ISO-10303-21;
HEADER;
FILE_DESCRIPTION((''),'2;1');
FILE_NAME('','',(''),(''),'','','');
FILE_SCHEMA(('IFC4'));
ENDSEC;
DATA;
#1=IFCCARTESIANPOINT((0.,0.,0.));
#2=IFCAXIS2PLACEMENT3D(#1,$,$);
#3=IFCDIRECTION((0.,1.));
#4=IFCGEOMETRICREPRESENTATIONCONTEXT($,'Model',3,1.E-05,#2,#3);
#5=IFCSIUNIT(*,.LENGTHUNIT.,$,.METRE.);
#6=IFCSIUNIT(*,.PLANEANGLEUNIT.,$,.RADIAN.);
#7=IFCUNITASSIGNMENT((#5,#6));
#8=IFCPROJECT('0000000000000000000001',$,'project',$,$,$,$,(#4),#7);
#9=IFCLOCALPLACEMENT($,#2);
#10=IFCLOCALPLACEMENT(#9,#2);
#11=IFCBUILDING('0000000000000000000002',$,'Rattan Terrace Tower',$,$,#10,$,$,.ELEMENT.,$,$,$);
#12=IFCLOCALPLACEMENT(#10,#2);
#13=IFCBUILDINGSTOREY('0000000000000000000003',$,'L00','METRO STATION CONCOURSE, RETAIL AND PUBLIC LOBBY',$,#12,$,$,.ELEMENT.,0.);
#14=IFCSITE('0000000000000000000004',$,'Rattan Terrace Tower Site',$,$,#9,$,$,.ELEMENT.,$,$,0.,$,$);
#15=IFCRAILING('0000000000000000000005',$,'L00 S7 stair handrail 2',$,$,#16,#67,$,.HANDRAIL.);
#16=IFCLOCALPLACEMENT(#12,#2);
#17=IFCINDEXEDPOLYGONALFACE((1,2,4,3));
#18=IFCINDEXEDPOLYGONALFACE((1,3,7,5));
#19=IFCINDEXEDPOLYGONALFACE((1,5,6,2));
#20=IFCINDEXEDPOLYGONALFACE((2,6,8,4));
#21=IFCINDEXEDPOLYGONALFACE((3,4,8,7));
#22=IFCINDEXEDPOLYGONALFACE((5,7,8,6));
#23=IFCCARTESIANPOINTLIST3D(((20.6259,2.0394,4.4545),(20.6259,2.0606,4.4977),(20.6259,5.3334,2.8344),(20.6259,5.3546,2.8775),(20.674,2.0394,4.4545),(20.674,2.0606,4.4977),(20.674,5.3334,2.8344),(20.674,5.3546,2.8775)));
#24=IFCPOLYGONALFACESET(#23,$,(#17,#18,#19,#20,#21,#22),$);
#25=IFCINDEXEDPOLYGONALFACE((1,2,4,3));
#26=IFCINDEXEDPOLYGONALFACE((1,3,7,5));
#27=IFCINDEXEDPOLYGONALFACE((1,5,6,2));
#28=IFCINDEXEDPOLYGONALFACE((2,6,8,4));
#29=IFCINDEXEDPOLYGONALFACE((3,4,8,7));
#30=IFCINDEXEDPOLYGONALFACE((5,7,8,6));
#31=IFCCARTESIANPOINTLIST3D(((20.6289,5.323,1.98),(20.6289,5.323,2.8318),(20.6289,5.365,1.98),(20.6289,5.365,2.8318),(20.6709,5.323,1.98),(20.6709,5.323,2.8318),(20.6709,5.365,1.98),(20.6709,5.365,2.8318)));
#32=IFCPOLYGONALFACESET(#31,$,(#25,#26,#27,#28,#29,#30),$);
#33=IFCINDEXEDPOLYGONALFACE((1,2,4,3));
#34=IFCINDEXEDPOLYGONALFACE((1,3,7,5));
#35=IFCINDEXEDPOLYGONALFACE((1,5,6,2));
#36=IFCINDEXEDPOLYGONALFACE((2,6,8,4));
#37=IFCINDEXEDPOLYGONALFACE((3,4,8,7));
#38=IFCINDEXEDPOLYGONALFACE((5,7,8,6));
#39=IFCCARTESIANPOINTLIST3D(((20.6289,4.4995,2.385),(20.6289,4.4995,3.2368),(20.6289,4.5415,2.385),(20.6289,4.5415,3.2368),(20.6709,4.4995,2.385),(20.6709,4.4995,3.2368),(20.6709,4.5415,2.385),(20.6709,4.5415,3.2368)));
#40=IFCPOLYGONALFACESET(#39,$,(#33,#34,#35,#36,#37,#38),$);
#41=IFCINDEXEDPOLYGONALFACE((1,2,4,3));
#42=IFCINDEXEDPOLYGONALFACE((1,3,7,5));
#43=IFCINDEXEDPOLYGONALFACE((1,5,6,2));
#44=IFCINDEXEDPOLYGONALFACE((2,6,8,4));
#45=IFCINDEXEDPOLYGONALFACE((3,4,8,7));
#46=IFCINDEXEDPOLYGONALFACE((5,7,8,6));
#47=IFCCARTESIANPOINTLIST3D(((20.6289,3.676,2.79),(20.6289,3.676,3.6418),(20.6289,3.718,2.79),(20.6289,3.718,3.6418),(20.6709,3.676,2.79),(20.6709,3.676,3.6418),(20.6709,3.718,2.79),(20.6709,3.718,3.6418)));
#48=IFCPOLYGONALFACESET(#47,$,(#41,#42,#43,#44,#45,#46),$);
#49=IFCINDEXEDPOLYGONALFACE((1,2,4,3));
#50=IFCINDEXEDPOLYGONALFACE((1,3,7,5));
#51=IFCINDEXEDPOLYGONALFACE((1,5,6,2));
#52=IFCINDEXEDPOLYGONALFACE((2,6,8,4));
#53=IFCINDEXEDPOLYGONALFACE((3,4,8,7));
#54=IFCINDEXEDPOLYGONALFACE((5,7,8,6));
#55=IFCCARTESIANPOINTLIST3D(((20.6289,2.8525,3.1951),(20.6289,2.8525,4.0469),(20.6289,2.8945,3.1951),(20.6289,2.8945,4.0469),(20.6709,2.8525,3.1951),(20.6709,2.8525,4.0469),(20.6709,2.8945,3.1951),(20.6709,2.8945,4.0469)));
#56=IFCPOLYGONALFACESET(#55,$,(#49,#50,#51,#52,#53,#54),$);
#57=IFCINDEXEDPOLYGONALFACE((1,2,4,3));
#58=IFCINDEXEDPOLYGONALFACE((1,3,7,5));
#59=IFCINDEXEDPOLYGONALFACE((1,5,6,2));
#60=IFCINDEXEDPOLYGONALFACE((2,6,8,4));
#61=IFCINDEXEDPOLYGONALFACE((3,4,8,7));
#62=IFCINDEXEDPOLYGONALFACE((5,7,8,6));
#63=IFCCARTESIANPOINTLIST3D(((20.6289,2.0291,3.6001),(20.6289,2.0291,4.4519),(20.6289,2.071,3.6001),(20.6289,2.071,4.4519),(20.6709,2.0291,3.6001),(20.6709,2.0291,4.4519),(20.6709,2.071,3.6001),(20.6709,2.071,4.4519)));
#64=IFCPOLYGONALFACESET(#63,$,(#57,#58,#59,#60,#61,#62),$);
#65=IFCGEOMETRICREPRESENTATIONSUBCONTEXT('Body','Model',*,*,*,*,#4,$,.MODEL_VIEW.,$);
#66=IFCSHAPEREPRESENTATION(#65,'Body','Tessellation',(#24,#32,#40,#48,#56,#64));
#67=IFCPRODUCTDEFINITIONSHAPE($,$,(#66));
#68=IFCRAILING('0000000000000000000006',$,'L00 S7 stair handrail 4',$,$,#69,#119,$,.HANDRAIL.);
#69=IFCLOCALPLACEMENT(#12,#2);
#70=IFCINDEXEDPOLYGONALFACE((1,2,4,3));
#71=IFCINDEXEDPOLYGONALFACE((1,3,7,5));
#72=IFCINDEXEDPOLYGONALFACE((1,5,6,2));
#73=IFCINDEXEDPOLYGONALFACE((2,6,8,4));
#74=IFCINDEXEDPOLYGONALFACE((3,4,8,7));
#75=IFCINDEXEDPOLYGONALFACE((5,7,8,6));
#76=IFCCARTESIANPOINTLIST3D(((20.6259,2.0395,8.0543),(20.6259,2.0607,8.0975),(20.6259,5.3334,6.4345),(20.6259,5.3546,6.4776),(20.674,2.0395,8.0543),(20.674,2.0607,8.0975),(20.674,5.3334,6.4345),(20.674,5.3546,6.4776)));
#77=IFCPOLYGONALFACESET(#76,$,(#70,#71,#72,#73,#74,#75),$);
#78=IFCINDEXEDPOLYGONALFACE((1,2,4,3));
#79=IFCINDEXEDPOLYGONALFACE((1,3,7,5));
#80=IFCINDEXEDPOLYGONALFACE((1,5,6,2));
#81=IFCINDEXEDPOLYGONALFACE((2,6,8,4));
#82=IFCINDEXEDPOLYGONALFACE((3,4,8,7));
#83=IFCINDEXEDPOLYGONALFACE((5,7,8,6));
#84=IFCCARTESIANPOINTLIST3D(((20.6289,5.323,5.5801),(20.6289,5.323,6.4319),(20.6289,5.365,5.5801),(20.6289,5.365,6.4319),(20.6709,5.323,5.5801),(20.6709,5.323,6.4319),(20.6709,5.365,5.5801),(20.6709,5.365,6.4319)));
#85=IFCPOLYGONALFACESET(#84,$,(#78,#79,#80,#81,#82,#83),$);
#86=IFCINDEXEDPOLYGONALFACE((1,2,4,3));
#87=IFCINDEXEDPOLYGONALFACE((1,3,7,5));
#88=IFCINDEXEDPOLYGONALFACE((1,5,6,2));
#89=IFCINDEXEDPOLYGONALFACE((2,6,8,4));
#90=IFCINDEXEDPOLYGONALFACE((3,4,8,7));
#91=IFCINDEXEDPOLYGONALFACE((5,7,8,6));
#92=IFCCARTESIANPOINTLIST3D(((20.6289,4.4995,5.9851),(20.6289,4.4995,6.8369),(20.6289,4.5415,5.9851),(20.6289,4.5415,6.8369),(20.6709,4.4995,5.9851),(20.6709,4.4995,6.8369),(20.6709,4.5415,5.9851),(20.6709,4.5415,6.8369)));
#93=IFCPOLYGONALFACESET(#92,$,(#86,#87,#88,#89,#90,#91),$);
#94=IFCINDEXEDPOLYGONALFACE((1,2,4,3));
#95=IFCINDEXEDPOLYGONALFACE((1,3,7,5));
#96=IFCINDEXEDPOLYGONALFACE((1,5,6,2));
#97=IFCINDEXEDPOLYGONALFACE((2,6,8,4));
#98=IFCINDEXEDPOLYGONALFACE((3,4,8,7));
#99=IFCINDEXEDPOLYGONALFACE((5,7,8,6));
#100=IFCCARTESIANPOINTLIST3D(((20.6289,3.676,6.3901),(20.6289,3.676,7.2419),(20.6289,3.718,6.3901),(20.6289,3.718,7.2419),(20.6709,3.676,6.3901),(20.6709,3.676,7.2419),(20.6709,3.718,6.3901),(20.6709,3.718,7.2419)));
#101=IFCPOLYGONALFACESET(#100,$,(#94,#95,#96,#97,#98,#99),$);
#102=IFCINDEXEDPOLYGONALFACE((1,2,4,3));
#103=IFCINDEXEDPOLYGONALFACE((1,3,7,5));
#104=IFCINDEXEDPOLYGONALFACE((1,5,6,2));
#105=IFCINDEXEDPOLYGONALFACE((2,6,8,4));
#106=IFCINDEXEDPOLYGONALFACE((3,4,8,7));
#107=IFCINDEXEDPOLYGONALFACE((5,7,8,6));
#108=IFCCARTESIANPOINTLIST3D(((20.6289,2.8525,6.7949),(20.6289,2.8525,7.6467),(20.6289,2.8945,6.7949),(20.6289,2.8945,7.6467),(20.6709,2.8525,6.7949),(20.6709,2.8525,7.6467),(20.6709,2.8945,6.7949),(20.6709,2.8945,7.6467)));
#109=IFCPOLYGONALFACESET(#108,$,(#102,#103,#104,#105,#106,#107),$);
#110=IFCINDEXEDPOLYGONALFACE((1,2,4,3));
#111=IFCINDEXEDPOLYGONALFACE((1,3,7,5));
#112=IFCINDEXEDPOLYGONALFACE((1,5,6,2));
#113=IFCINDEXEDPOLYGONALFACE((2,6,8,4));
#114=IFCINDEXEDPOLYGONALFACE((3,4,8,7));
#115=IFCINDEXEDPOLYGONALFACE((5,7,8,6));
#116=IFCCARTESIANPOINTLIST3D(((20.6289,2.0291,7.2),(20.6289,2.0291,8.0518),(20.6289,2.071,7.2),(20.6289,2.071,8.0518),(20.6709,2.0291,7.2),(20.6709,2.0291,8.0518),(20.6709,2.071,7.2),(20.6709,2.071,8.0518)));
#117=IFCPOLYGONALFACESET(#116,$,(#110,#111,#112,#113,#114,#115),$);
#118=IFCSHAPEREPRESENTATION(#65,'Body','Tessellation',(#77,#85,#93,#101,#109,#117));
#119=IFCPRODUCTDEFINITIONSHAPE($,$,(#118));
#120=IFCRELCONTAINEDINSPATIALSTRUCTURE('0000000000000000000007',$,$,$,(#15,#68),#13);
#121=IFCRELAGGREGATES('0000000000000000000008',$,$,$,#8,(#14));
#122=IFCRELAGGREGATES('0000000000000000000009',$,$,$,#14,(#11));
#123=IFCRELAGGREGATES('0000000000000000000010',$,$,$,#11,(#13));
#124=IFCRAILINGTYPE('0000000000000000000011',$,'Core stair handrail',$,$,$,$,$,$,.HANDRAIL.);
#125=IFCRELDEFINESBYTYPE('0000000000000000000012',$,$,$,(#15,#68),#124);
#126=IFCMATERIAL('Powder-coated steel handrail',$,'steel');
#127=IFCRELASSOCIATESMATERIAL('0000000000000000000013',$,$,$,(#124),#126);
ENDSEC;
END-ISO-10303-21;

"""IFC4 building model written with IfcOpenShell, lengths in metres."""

from ifc_helpers import new_model, si_unit, direction, frame, origin, origin_2d, place, context, subcontext, project, spatial, rectangle, extrude, material, type_object, element, save


model = new_model("IFC4")

# Units and contexts
model_context = context("Model", 3, precision=1e-05, world=origin(), true_north=direction((0.0, 1.0)))
body_context = subcontext(model_context, "Body", "Model", "MODEL_VIEW")
ifc_project = project(units=[si_unit("LENGTHUNIT", "METRE"), si_unit("PLANEANGLEUNIT", "RADIAN")], contexts=[model_context])

# Site, building, storey
site_placement = place(None, origin())
site = spatial("IfcSite", under=ifc_project, at=site_placement, Name="Rattan Terrace Tower Site", CompositionType="ELEMENT", RefElevation=0.0)
building_placement = place(site_placement, origin())
building = spatial("IfcBuilding", under=site, at=building_placement, Name="Rattan Terrace Tower", CompositionType="ELEMENT")
storey_placement = place(building_placement, origin())
storey = spatial("IfcBuildingStorey", under=building, at=storey_placement, Name="L00", Description="METRO STATION CONCOURSE, RETAIL AND PUBLIC LOBBY", CompositionType="ELEMENT", Elevation=0.0)

# Railings
ifc_material_1 = material(Name="Powder-coated steel handrail", Category="steel")
railing_type_1 = type_object("IfcRailingType", Name="Core stair handrail", PredefinedType="HANDRAIL", material=ifc_material_1)
railing_1_placement = place(storey_placement, frame((20.6499, 5.344, 1.98)))
element("IfcRailing", 1, at=railing_1_placement, inside=storey, type_object=railing_type_1, Name="L00 S7 stair handrail 2", PredefinedType="HANDRAIL", context=body_context, shape_type="SweptSolid", body=[
    extrude(rectangle(XDim=0.0481, YDim=0.0481, at=origin_2d()), frame((0.0, 0.0, 0.876), z_axis=(0.0, -0.897334, 0.441351), x_axis=(1.0, 0.0, 0.0)), (0.0, 0.0, 1.0), 3.6709),
    extrude(rectangle(XDim=0.042, YDim=0.042, at=origin_2d()), origin(), (0.0, 0.0, 1.0), 0.8518),
    extrude(rectangle(XDim=0.042, YDim=0.042, at=origin_2d()), frame((0.0, -0.8235, 0.405)), (0.0, 0.0, 1.0), 0.8518),
    extrude(rectangle(XDim=0.042, YDim=0.042, at=origin_2d()), frame((0.0, -1.647, 0.8101)), (0.0, 0.0, 1.0), 0.8518),
    extrude(rectangle(XDim=0.042, YDim=0.042, at=origin_2d()), frame((0.0, -2.4705, 1.2151)), (0.0, 0.0, 1.0), 0.8518),
    extrude(rectangle(XDim=0.042, YDim=0.042, at=origin_2d()), frame((0.0, -3.2939, 1.6201)), (0.0, 0.0, 1.0), 0.8518),
])
railing_2_placement = place(storey_placement, frame((20.6499, 5.344, 5.5801)))
element("IfcRailing", 2, at=railing_2_placement, inside=storey, type_object=railing_type_1, Name="L00 S7 stair handrail 4", PredefinedType="HANDRAIL", context=body_context, shape_type="SweptSolid", body=[
    extrude(rectangle(XDim=0.0481, YDim=0.0481, at=origin_2d()), frame((0.0, 0.0, 0.876), z_axis=(0.0, -0.897361, 0.441298), x_axis=(1.0, 0.0, 0.0)), (0.0, 0.0, 1.0), 3.6707),
    extrude(rectangle(XDim=0.042, YDim=0.042, at=origin_2d()), origin(), (0.0, 0.0, 1.0), 0.8518),
    extrude(rectangle(XDim=0.042, YDim=0.042, at=origin_2d()), frame((0.0, -0.8235, 0.405)), (0.0, 0.0, 1.0), 0.8518),
    extrude(rectangle(XDim=0.042, YDim=0.042, at=origin_2d()), frame((0.0, -1.647, 0.8101)), (0.0, 0.0, 1.0), 0.8518),
    extrude(rectangle(XDim=0.042, YDim=0.042, at=origin_2d()), frame((0.0, -2.4705, 1.2148)), (0.0, 0.0, 1.0), 0.8518),
    extrude(rectangle(XDim=0.042, YDim=0.042, at=origin_2d()), frame((0.0, -3.2939, 1.6199)), (0.0, 0.0, 1.0), 0.8518),
])

save(model, "model.ifc")
